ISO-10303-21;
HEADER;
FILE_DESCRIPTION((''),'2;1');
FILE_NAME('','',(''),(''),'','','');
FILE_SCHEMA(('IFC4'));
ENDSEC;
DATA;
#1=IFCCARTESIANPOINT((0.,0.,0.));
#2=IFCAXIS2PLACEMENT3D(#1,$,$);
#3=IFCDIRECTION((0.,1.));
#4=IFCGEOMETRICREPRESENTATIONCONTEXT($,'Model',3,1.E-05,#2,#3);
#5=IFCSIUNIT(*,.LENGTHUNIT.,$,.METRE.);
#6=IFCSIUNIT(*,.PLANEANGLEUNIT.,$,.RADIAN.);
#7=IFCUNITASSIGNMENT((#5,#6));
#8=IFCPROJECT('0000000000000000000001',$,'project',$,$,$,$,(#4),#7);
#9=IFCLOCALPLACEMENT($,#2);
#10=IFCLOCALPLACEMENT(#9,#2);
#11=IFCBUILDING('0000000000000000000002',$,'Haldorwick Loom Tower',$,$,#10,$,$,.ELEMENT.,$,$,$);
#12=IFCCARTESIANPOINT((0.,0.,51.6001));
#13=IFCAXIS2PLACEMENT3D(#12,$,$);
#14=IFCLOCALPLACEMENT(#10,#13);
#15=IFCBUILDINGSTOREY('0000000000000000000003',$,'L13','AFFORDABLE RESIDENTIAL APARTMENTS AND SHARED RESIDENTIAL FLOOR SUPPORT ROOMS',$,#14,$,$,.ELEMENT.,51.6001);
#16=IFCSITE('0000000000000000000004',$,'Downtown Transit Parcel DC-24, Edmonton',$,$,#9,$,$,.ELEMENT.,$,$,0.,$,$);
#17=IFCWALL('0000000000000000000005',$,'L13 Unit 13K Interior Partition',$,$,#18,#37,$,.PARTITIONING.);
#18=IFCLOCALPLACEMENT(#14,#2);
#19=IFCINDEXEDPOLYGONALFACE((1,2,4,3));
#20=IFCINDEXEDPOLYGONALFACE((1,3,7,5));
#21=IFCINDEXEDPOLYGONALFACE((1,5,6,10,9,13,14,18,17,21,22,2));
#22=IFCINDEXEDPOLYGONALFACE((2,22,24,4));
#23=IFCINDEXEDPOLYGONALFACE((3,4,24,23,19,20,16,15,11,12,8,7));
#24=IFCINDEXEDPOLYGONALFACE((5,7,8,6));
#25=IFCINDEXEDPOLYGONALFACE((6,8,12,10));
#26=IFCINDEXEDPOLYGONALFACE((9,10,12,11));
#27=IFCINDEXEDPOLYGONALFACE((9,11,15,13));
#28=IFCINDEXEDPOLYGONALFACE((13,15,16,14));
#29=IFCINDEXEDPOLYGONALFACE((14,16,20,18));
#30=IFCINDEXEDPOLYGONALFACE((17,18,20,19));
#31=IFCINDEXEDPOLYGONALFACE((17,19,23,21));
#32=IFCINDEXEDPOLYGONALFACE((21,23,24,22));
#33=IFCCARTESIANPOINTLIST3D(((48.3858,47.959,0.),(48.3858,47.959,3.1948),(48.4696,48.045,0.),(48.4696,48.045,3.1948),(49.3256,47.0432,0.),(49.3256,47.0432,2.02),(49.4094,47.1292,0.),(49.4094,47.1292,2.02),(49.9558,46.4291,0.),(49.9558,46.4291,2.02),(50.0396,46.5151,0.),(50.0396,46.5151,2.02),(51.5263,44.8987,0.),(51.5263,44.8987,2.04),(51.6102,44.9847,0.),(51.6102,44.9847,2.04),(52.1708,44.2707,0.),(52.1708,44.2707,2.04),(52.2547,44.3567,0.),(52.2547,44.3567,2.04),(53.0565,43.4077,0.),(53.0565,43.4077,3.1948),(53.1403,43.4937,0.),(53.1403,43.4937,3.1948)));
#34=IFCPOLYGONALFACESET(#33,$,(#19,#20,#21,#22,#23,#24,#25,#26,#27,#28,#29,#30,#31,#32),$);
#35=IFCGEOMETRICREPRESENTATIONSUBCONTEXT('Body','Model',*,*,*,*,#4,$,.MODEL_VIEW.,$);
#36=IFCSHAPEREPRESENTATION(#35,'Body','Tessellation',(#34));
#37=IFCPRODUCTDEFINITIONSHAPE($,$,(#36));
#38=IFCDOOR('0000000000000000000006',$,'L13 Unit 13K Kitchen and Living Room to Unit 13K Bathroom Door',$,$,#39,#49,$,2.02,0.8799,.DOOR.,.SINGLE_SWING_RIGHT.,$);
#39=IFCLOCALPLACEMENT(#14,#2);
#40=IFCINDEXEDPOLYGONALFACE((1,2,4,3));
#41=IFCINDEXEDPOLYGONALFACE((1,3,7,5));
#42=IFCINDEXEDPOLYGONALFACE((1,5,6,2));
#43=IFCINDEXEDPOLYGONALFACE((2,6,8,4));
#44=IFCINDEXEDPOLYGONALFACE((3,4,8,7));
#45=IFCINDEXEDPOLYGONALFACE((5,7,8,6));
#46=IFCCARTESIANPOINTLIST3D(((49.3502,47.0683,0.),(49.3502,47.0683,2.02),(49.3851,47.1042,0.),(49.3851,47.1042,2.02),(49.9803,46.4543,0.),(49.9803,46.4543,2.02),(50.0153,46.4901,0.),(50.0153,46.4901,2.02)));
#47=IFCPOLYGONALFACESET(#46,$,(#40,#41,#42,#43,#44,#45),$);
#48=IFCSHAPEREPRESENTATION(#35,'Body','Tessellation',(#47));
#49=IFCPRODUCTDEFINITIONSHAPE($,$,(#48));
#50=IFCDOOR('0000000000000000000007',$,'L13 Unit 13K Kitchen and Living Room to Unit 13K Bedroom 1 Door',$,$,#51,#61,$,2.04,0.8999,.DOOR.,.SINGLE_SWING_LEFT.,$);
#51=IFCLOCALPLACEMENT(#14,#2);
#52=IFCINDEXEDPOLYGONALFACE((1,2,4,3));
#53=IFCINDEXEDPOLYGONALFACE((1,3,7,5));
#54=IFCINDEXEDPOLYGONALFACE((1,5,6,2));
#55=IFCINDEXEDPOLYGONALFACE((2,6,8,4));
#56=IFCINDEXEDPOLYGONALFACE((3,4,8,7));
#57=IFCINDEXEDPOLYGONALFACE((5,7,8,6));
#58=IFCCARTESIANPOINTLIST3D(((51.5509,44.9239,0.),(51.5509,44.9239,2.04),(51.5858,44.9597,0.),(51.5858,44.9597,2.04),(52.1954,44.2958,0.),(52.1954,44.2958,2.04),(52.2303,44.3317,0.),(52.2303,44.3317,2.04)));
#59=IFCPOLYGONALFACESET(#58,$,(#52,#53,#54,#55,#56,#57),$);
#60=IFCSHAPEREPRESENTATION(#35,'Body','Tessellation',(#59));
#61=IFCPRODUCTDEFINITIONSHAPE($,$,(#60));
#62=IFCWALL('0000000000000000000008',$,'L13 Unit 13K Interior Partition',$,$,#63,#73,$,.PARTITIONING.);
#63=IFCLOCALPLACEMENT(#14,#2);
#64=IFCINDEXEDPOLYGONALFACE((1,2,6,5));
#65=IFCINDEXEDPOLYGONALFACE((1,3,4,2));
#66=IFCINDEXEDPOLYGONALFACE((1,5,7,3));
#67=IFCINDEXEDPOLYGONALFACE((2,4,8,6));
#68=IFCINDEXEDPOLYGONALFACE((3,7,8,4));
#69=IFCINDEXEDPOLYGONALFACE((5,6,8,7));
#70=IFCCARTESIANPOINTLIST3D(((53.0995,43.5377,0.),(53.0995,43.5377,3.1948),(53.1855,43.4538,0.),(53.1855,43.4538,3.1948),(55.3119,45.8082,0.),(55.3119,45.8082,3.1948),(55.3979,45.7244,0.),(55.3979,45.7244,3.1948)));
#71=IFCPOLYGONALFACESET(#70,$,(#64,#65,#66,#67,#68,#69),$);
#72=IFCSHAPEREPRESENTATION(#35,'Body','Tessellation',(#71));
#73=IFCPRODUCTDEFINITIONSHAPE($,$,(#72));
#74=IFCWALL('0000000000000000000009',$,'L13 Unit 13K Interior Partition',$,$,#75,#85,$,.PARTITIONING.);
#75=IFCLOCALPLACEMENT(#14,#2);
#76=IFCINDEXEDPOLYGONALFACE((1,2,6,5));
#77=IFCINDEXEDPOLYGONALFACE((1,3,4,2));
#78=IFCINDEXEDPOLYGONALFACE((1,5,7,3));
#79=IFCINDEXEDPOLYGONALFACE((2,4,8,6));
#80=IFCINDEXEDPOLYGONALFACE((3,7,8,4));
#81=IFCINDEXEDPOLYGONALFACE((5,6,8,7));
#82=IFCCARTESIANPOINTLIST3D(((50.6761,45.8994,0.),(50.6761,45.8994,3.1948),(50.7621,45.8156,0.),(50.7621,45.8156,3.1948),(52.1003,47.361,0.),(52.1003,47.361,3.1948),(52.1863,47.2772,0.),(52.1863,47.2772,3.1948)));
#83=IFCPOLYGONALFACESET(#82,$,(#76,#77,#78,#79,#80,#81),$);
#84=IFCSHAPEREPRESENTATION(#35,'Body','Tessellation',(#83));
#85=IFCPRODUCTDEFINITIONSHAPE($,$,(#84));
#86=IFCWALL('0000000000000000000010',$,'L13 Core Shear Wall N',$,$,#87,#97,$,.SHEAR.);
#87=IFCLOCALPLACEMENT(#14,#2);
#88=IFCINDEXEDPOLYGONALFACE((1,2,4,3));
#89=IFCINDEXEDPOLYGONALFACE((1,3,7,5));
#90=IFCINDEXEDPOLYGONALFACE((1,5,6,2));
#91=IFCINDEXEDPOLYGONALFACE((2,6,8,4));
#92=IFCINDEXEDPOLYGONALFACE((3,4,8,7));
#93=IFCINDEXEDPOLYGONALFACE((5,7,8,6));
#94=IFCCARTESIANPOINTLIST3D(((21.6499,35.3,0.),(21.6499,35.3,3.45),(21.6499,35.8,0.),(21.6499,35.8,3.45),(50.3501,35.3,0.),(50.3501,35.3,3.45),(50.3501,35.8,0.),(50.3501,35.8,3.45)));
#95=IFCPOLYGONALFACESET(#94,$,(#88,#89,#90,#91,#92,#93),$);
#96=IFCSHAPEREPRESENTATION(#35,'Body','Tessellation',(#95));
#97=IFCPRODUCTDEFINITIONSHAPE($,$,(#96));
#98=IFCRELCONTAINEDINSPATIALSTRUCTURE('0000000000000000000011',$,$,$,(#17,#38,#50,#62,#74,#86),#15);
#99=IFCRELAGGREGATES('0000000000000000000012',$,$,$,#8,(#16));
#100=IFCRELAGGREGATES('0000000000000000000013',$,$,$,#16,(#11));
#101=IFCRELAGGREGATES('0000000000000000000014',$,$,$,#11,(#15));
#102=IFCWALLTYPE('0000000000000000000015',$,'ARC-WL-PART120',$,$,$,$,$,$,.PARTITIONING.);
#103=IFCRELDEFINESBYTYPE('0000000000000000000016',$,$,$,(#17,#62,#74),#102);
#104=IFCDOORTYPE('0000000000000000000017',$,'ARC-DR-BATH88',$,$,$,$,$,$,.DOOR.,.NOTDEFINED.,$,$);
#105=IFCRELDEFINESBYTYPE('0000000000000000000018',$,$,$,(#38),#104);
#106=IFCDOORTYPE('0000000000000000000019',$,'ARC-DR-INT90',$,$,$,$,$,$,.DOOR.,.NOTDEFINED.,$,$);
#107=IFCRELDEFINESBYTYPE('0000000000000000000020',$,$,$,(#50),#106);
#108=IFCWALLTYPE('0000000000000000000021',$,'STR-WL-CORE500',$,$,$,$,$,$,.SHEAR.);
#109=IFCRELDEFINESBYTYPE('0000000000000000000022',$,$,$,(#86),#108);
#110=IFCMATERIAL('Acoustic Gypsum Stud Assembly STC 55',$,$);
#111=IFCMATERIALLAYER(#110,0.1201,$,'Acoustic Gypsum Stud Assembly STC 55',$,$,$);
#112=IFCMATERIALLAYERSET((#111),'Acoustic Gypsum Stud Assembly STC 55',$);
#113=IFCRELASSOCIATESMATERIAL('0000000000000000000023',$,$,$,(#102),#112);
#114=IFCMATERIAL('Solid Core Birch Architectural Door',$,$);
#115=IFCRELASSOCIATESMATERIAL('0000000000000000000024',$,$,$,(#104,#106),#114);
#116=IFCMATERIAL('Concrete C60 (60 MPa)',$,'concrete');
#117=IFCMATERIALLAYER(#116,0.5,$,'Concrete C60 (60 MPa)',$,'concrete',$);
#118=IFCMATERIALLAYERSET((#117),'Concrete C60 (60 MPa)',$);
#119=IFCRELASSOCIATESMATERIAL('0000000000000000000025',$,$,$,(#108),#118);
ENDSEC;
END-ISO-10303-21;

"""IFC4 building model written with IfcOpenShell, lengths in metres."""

from ifc_helpers import new_model, si_unit, direction, frame, frame_2d, origin, place, context, subcontext, project, spatial, rectangle, extrude, material, layer, layer_set, type_object, element, fill, save


model = new_model("IFC4")

# Units and contexts
model_context = context("Model", 3, precision=1e-05, world=origin(), true_north=direction((0.0, 1.0)))
body_context = subcontext(model_context, "Body", "Model", "MODEL_VIEW")
ifc_project = project(units=[si_unit("LENGTHUNIT", "METRE"), si_unit("PLANEANGLEUNIT", "RADIAN")], contexts=[model_context])

# Site, building, storey
site_placement = place(None, origin())
site = spatial("IfcSite", under=ifc_project, at=site_placement, Name="Downtown Transit Parcel DC-24, Edmonton", CompositionType="ELEMENT", RefElevation=0.0)
building_placement = place(site_placement, origin())
building = spatial("IfcBuilding", under=site, at=building_placement, Name="Haldorwick Loom Tower", CompositionType="ELEMENT")
storey_placement = place(building_placement, frame((0.0, 0.0, 51.6001)))
storey = spatial("IfcBuildingStorey", under=building, at=storey_placement, Name="L13", Description="AFFORDABLE RESIDENTIAL APARTMENTS AND SHARED RESIDENTIAL FLOOR SUPPORT ROOMS", CompositionType="ELEMENT", Elevation=51.6001)

# Shared definitions
ifc_material_1 = material(Name="Concrete C60 (60 MPa)", Category="concrete")

# Wall, openings, doors
ifc_material_2 = material(Name="Acoustic Gypsum Stud Assembly STC 55")
ifc_layer_1 = layer(ifc_material_2, 0.1201, Name="Acoustic Gypsum Stud Assembly STC 55")
ifc_layer_set_1 = layer_set([ifc_layer_1], Name="Acoustic Gypsum Stud Assembly STC 55")
wall_type_1 = type_object("IfcWallType", Name="ARC-WL-PART120", PredefinedType="PARTITIONING", material=ifc_layer_set_1)
wall_1_placement = place(storey_placement, frame((53.0984, 43.4507, 0.0), z_axis=(0.0, 0.0, 1.0), x_axis=(-0.716201, 0.697894, 0.0)))
wall_1 = element("IfcWall", 1, at=wall_1_placement, inside=storey, type_object=wall_type_1, Name="L13 Unit 13K Interior Partition", PredefinedType="PARTITIONING", context=body_context, shape_type="SweptSolid", body=[
    extrude(rectangle(XDim=6.5215, YDim=0.1201, at=frame_2d((3.2607, 0.0))), origin(), (0.0, 0.0, 1.0), 3.1948),
])
opening_1_placement = place(wall_1_placement, frame((1.2366, 0.0, 0.0)))
opening_1 = element("IfcOpeningElement", 2, at=opening_1_placement, cuts=wall_1, PredefinedType="OPENING", context=body_context, shape_type="SweptSolid", body=[
    extrude(rectangle(XDim=0.8999, YDim=2.04, at=frame_2d((0.45, 1.02))), frame((0.0, 0.0701, 0.0), z_axis=(0.0, -1.0, 0.0), x_axis=(1.0, 0.0, 0.0)), (0.0, 0.0, 1.0), 0.1401),
])
opening_2_placement = place(wall_1_placement, frame((4.3293, 0.0, 0.0)))
opening_2 = element("IfcOpeningElement", 3, at=opening_2_placement, cuts=wall_1, PredefinedType="OPENING", context=body_context, shape_type="SweptSolid", body=[
    extrude(rectangle(XDim=0.8799, YDim=2.02, at=frame_2d((0.4399, 1.01))), frame((0.0, 0.0701, 0.0), z_axis=(0.0, -1.0, 0.0), x_axis=(1.0, 0.0, 0.0)), (0.0, 0.0, 1.0), 0.1401),
])
ifc_material_3 = material(Name="Solid Core Birch Architectural Door")
door_type_1 = type_object("IfcDoorType", Name="ARC-DR-BATH88", OperationType="NOTDEFINED", PredefinedType="DOOR", material=ifc_material_3)
door_1_placement = place(opening_2_placement, origin())
door_1 = element("IfcDoor", 4, at=door_1_placement, inside=storey, type_object=door_type_1, Name="L13 Unit 13K Kitchen and Living Room to Unit 13K Bathroom Door", OperationType="SINGLE_SWING_RIGHT", OverallHeight=2.02, OverallWidth=0.8799, PredefinedType="DOOR", context=body_context, shape_type="SweptSolid", body=[
    extrude(rectangle(XDim=0.8799, YDim=2.02, at=frame_2d((0.4399, 1.01))), frame((0.0, 0.0249, 0.0), z_axis=(0.0, -1.0, 0.0), x_axis=(1.0, 0.0, 0.0)), (0.0, 0.0, 1.0), 0.05),
])
fill(opening_2, door_1)
door_type_2 = type_object("IfcDoorType", Name="ARC-DR-INT90", OperationType="NOTDEFINED", PredefinedType="DOOR", material=ifc_material_3)
door_2_placement = place(opening_1_placement, origin())
door_2 = element("IfcDoor", 5, at=door_2_placement, inside=storey, type_object=door_type_2, Name="L13 Unit 13K Kitchen and Living Room to Unit 13K Bedroom 1 Door", OperationType="SINGLE_SWING_LEFT", OverallHeight=2.04, OverallWidth=0.8999, PredefinedType="DOOR", context=body_context, shape_type="SweptSolid", body=[
    extrude(rectangle(XDim=0.8999, YDim=2.04, at=frame_2d((0.45, 1.02))), frame((0.0, 0.0249, 0.0), z_axis=(0.0, -1.0, 0.0), x_axis=(1.0, 0.0, 0.0)), (0.0, 0.0, 1.0), 0.05),
])
fill(opening_1, door_2)

# Walls
wall_2_placement = place(storey_placement, frame((53.1426, 43.4958, 0.0), z_axis=(0.0, 0.0, 1.0), x_axis=(0.697883, 0.716212, 0.0)))
element("IfcWall", 6, at=wall_2_placement, inside=storey, type_object=wall_type_1, Name="L13 Unit 13K Interior Partition", PredefinedType="PARTITIONING", context=body_context, shape_type="SweptSolid", body=[
    extrude(rectangle(XDim=3.1702, YDim=0.1201, at=frame_2d((1.585, 0.0))), origin(), (0.0, 0.0, 1.0), 3.1948),
])
wall_3_placement = place(storey_placement, frame((50.719, 45.8574, 0.0), z_axis=(0.0, 0.0, 1.0), x_axis=(0.697896, 0.716199, 0.0)))
element("IfcWall", 7, at=wall_3_placement, inside=storey, type_object=wall_type_1, Name="L13 Unit 13K Interior Partition", PredefinedType="PARTITIONING", context=body_context, shape_type="SweptSolid", body=[
    extrude(rectangle(XDim=2.0408, YDim=0.1201, at=frame_2d((1.0205, 0.0))), origin(), (0.0, 0.0, 1.0), 3.1948),
])
ifc_layer_2 = layer(ifc_material_1, 0.5, Name="Concrete C60 (60 MPa)", Category="concrete")
ifc_layer_set_2 = layer_set([ifc_layer_2], Name="Concrete C60 (60 MPa)")
wall_type_2 = type_object("IfcWallType", Name="STR-WL-CORE500", PredefinedType="SHEAR", material=ifc_layer_set_2)
wall_4_placement = place(storey_placement, frame((50.3501, 35.55, 0.0), z_axis=(0.0, 0.0, 1.0), x_axis=(-1.0, 0.0, 0.0)))
element("IfcWall", 8, at=wall_4_placement, inside=storey, type_object=wall_type_2, Name="L13 Core Shear Wall N", PredefinedType="SHEAR", context=body_context, shape_type="SweptSolid", body=[
    extrude(rectangle(XDim=28.7002, YDim=0.5, at=frame_2d((14.3501, 0.0))), origin(), (0.0, 0.0, 1.0), 3.45),
])

save(model, "model.ifc")
